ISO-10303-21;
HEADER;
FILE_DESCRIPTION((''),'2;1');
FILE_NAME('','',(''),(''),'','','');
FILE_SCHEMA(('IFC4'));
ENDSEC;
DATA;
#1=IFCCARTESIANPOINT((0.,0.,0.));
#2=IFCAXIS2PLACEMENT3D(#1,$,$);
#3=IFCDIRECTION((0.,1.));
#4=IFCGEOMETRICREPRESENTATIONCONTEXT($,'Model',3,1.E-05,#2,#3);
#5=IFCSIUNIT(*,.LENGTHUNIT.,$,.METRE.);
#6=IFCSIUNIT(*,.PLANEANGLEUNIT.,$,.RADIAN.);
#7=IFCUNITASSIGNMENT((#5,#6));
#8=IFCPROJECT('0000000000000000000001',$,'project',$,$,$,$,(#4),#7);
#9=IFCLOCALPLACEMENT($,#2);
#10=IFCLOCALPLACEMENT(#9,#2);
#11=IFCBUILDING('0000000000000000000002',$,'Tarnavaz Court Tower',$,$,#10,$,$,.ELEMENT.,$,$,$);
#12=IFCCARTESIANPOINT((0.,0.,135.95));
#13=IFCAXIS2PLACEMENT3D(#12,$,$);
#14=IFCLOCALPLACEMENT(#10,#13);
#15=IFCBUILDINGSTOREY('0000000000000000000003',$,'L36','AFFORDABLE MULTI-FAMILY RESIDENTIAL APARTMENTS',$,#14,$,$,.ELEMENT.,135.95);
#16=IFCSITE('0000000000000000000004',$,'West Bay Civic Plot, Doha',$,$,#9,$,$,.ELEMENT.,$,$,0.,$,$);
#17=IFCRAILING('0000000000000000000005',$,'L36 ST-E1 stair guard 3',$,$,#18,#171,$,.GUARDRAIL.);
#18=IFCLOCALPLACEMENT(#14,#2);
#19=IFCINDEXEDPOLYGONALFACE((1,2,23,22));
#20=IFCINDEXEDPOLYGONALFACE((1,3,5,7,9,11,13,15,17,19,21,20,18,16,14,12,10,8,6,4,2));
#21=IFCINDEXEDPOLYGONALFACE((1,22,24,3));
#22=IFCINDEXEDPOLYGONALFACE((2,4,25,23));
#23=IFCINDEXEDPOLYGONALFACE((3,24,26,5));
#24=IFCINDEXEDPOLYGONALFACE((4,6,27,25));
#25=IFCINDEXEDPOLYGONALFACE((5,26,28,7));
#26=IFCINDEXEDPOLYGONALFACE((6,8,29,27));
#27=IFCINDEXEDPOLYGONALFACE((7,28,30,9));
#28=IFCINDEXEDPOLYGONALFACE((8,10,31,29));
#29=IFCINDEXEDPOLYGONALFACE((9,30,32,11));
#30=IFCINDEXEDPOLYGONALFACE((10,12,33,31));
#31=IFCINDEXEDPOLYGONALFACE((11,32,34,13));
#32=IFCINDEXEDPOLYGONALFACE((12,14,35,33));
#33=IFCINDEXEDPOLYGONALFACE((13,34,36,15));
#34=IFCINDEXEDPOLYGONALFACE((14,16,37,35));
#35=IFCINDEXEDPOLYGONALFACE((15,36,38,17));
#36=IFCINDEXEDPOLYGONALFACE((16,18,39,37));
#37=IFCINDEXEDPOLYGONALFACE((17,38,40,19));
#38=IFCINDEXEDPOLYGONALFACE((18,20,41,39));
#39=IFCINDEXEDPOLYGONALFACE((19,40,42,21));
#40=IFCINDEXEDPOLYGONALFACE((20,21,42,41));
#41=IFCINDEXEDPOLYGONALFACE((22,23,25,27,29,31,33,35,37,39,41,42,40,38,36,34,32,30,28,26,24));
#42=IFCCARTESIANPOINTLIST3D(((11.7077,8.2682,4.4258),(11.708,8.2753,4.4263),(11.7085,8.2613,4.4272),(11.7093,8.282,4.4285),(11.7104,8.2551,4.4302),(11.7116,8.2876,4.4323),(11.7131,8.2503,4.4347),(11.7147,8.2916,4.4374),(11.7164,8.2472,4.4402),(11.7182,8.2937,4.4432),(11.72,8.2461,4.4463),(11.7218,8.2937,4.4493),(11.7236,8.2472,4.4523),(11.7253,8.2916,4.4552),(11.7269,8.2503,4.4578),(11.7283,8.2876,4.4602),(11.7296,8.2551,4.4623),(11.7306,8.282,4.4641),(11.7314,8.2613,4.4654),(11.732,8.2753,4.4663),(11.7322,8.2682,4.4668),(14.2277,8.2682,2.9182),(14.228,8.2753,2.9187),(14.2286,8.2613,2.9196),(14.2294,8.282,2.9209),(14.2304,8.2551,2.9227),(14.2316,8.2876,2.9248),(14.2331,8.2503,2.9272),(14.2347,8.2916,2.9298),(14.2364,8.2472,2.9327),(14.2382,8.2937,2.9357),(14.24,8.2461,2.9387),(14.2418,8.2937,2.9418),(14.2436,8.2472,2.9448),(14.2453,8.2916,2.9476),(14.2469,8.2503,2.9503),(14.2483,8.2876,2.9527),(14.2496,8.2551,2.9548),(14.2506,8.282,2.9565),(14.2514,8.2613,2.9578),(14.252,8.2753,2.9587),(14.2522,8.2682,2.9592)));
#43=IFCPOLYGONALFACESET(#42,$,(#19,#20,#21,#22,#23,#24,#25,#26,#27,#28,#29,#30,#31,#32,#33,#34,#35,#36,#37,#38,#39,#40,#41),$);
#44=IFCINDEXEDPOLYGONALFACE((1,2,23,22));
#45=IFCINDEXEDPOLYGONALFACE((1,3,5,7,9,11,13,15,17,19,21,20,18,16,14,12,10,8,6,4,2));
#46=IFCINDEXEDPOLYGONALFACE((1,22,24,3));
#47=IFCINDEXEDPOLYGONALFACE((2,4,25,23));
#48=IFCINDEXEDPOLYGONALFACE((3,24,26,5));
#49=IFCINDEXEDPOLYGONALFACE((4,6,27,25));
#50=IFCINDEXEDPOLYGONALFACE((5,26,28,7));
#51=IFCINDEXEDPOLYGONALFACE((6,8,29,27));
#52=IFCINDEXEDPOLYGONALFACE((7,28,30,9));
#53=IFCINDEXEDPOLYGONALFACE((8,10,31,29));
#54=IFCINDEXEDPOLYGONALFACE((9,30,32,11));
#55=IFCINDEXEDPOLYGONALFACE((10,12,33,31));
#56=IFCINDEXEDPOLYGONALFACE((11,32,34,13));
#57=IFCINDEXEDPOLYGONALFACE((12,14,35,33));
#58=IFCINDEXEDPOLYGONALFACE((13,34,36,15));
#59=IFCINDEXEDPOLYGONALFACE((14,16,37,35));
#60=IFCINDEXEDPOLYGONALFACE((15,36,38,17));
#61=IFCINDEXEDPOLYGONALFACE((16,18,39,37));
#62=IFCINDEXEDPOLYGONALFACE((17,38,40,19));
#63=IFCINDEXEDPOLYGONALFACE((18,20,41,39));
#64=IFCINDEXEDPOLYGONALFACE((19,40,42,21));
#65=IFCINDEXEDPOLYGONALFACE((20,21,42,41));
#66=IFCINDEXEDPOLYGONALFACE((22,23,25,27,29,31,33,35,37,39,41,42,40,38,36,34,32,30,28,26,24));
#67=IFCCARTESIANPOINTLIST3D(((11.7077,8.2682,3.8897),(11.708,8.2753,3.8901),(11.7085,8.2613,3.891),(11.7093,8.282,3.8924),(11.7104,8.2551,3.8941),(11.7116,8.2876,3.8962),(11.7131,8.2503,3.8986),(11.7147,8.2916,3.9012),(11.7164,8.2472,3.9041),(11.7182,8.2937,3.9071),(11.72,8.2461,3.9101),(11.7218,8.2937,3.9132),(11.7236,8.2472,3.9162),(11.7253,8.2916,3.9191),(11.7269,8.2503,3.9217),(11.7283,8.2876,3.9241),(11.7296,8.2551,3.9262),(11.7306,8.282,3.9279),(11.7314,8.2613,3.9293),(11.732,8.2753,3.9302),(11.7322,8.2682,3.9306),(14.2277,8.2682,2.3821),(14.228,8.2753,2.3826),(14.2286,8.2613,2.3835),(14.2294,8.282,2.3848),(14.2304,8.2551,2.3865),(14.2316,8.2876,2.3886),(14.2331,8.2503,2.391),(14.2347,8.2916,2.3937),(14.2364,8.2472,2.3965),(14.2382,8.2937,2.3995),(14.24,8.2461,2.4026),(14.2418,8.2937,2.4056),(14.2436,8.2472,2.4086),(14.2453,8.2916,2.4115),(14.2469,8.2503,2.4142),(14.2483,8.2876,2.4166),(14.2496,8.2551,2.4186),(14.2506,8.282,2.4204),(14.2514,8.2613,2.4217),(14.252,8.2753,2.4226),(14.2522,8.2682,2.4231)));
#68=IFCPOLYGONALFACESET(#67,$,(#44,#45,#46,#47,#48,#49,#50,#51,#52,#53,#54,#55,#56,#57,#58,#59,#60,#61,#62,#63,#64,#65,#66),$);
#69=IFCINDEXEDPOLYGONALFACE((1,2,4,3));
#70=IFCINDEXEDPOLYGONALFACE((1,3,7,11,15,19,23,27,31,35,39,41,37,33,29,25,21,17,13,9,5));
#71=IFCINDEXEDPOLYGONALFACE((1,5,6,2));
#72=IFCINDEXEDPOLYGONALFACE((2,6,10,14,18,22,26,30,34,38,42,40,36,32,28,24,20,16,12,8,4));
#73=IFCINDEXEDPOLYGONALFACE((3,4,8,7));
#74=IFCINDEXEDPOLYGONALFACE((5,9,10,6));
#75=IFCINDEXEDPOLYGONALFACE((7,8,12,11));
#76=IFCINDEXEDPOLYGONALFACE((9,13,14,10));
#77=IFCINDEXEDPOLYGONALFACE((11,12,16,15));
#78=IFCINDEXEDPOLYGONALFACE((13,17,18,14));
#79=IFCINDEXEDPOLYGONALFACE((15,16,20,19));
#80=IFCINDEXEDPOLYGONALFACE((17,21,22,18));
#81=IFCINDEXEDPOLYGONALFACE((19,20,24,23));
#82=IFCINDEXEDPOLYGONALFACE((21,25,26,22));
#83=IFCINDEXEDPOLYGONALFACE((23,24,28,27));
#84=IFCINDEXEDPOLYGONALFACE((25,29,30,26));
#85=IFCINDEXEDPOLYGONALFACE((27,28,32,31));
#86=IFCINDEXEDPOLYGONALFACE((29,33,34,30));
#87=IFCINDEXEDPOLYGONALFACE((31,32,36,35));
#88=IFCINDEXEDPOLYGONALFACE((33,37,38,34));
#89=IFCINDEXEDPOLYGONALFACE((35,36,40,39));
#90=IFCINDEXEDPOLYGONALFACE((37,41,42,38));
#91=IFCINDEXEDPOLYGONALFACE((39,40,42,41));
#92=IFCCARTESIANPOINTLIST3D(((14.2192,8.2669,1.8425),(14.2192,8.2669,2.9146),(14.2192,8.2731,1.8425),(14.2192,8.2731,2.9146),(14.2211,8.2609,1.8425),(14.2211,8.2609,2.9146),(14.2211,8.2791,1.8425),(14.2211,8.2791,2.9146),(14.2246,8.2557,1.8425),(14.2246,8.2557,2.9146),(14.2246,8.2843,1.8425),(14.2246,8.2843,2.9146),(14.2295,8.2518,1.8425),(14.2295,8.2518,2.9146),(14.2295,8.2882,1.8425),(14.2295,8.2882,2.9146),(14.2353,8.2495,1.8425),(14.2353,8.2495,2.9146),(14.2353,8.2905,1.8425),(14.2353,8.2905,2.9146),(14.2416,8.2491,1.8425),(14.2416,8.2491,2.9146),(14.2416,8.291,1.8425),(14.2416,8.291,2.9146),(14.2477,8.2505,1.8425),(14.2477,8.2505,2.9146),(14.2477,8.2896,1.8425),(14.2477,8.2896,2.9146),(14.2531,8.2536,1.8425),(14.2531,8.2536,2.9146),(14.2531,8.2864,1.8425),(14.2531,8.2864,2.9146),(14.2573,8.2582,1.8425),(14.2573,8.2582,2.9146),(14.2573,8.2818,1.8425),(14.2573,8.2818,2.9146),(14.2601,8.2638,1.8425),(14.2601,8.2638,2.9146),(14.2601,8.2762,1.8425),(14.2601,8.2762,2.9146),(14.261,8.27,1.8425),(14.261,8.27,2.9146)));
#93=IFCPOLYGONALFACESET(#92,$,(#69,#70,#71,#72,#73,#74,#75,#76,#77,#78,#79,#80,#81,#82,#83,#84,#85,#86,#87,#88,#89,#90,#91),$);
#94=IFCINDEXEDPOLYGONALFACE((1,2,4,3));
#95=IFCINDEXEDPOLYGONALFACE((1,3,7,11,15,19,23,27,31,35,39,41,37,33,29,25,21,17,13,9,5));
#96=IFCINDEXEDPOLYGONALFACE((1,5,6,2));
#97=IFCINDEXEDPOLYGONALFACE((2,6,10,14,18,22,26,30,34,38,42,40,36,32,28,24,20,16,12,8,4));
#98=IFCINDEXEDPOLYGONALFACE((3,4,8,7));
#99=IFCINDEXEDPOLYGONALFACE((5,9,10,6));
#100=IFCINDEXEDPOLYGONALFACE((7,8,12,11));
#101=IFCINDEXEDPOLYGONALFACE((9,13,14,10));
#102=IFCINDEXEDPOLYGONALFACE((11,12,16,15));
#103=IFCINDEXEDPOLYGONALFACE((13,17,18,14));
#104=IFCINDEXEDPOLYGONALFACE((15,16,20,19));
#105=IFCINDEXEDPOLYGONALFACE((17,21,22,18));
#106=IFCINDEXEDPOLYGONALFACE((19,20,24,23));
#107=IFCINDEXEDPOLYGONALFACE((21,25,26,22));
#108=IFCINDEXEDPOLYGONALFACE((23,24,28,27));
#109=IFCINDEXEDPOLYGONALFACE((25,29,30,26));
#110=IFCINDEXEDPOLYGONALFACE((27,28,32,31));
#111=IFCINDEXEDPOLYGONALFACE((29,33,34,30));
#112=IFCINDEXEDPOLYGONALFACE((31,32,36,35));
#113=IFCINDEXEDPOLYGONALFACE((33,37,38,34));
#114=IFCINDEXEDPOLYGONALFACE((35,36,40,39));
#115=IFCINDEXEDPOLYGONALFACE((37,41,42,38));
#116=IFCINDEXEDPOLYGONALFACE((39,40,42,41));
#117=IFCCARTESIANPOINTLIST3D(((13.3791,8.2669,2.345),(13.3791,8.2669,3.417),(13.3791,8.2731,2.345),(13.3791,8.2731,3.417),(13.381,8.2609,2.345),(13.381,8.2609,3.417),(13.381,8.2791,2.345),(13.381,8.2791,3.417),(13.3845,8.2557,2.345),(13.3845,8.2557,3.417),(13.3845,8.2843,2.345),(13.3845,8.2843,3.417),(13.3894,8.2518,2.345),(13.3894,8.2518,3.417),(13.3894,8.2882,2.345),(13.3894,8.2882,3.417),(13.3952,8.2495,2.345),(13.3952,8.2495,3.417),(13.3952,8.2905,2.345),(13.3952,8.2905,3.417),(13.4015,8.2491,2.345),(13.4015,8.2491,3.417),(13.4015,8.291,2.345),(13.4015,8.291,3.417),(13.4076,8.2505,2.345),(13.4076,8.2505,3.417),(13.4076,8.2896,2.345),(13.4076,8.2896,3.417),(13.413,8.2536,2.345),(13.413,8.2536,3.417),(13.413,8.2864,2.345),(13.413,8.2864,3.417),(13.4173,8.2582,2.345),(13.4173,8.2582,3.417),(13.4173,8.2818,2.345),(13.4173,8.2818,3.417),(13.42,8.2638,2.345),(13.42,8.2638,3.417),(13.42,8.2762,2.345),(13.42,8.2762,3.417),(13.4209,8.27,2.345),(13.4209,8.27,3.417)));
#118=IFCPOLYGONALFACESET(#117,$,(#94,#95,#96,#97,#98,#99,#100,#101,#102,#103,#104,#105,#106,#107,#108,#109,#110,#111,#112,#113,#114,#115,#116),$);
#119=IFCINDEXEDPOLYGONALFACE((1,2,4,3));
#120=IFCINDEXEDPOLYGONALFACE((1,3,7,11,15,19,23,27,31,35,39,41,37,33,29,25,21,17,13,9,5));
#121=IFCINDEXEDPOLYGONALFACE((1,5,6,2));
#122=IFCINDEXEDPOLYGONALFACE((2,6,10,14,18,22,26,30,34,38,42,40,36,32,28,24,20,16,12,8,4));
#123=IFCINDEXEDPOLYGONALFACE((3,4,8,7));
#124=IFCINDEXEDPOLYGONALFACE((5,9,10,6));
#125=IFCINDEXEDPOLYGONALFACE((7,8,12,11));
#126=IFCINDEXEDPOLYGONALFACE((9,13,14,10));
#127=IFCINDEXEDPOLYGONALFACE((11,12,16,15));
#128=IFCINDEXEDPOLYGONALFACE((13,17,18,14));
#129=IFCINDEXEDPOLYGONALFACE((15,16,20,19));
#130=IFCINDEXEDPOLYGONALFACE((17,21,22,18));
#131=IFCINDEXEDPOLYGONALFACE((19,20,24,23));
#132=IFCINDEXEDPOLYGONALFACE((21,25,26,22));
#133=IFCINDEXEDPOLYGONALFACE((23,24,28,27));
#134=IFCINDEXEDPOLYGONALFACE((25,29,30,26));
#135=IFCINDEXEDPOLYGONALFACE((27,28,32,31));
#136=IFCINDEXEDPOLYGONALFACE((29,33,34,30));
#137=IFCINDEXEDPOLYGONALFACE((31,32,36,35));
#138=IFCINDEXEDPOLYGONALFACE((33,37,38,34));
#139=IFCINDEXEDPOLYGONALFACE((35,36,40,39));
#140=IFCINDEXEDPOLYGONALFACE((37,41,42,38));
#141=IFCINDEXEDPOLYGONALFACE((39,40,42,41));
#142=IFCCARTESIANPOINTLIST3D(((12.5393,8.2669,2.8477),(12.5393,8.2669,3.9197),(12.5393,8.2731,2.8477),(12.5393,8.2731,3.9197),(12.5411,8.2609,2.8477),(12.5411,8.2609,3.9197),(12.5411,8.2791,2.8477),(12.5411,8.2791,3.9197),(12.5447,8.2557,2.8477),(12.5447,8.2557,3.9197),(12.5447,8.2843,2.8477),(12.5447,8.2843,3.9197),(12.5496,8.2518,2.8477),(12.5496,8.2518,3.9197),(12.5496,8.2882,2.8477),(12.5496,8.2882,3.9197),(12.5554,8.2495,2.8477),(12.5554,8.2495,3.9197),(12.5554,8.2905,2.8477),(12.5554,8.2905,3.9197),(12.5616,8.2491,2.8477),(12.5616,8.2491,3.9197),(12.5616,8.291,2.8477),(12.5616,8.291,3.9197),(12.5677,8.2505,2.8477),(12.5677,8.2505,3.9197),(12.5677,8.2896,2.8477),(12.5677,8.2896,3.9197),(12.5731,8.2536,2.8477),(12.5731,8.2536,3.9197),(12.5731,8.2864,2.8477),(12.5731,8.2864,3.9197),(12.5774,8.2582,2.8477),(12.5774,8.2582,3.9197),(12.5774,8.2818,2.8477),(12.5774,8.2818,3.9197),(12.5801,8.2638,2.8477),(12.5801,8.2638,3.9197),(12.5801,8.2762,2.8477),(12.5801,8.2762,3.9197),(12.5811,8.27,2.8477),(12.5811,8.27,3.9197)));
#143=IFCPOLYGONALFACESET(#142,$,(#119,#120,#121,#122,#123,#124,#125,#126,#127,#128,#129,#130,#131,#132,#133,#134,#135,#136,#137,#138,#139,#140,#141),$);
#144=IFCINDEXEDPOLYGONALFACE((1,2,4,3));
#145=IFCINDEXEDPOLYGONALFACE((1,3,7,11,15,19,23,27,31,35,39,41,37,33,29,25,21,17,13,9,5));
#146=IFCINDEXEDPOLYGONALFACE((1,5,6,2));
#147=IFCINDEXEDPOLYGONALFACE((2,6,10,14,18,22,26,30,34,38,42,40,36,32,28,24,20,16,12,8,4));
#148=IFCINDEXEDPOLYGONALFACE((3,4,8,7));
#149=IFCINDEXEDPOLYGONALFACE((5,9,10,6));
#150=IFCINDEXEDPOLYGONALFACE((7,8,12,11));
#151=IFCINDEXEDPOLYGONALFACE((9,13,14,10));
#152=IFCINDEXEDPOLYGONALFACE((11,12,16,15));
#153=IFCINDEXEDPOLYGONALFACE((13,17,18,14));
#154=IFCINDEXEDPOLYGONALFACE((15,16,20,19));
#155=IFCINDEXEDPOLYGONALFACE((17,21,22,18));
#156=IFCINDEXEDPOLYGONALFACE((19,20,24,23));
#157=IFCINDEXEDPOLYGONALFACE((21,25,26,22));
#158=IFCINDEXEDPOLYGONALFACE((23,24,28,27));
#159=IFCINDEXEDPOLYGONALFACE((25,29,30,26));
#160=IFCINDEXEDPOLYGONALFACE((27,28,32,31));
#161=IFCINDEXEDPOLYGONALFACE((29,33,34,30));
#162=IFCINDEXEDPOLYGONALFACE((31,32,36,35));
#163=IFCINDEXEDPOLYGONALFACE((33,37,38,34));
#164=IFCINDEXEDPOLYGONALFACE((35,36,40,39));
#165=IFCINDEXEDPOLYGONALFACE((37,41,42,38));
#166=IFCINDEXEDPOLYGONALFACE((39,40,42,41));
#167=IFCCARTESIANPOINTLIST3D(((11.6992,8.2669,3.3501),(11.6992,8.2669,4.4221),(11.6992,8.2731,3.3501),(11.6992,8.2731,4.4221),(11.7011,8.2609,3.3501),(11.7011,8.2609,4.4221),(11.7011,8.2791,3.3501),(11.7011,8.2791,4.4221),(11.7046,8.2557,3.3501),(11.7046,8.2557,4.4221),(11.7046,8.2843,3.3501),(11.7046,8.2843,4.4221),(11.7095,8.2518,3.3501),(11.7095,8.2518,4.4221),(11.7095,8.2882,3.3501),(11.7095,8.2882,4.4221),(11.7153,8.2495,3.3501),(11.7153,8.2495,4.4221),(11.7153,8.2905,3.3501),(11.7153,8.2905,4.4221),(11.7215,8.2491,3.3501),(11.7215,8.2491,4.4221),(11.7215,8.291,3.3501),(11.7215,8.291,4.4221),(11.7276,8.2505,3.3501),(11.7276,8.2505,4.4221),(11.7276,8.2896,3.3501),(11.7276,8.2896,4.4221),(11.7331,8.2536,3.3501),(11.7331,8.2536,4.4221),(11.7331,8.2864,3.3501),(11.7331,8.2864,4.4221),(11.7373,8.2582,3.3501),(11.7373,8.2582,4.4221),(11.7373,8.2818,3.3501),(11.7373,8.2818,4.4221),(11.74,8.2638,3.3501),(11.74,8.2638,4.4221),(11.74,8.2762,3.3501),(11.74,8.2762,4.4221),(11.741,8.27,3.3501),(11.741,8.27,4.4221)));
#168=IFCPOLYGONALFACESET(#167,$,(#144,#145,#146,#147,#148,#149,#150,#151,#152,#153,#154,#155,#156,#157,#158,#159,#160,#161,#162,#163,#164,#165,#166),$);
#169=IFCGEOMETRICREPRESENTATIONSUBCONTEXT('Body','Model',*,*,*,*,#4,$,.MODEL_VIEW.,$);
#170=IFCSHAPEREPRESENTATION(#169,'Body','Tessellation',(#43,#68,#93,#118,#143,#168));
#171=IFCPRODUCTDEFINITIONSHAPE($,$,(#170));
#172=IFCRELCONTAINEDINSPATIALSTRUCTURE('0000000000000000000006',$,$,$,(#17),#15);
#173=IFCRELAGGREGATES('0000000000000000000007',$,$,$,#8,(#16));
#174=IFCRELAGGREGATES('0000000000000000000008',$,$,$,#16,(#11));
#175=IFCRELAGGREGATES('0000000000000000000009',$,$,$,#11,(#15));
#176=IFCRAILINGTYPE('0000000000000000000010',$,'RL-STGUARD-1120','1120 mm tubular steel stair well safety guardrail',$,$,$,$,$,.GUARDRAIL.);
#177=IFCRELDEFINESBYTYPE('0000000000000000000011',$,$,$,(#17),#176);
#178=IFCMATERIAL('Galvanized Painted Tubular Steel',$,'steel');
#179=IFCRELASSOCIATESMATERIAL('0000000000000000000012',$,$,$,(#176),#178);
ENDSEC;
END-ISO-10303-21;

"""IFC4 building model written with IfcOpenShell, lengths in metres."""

from ifc_helpers import new_model, si_unit, direction, frame, origin, origin_2d, place, context, subcontext, project, spatial, circle, extrude, material, type_object, element, save


model = new_model("IFC4")

# Units and contexts
model_context = context("Model", 3, precision=1e-05, world=origin(), true_north=direction((0.0, 1.0)))
body_context = subcontext(model_context, "Body", "Model", "MODEL_VIEW")
ifc_project = project(units=[si_unit("LENGTHUNIT", "METRE"), si_unit("PLANEANGLEUNIT", "RADIAN")], contexts=[model_context])

# Site, building, storey
site_placement = place(None, origin())
site = spatial("IfcSite", under=ifc_project, at=site_placement, Name="West Bay Civic Plot, Doha", CompositionType="ELEMENT", RefElevation=0.0)
building_placement = place(site_placement, origin())
building = spatial("IfcBuilding", under=site, at=building_placement, Name="Tarnavaz Court Tower", CompositionType="ELEMENT")
storey_placement = place(building_placement, frame((0.0, 0.0, 135.95)))
storey = spatial("IfcBuildingStorey", under=building, at=storey_placement, Name="L36", Description="AFFORDABLE MULTI-FAMILY RESIDENTIAL APARTMENTS", CompositionType="ELEMENT", Elevation=135.95)

# Railing
ifc_material_1 = material(Name="Galvanized Painted Tubular Steel", Category="steel")
railing_type_1 = type_object("IfcRailingType", Name="RL-STGUARD-1120", Description="1120 mm tubular steel stair well safety guardrail", PredefinedType="GUARDRAIL", material=ifc_material_1)
railing_1_placement = place(storey_placement, frame((14.24, 8.27, 1.8425)))
element("IfcRailing", 1, at=railing_1_placement, inside=storey, type_object=railing_type_1, Name="L36 ST-E1 stair guard 3", PredefinedType="GUARDRAIL", context=body_context, shape_type="SweptSolid", body=[
    extrude(circle(Radius=0.0239, at=origin_2d()), frame((0.0, 0.0, 1.0962), z_axis=(-0.85816, 0.0, 0.513383), x_axis=(0.0, -1.0, 0.0)), (0.0, 0.0, 1.0), 2.9365),
    extrude(circle(Radius=0.0239, at=origin_2d()), frame((0.0, 0.0, 0.5601), z_axis=(-0.85816, 0.0, 0.513383), x_axis=(0.0, -1.0, 0.0)), (0.0, 0.0, 1.0), 2.9365),
    extrude(circle(Radius=0.021, at=origin_2d()), origin(), (0.0, 0.0, 1.0), 1.072),
    extrude(circle(Radius=0.021, at=origin_2d()), frame((-0.8401, 0.0, 0.5024)), (0.0, 0.0, 1.0), 1.072),
    extrude(circle(Radius=0.021, at=origin_2d()), frame((-1.6799, 0.0, 1.0051)), (0.0, 0.0, 1.0), 1.072),
    extrude(circle(Radius=0.021, at=origin_2d()), frame((-2.52, 0.0, 1.5076)), (0.0, 0.0, 1.0), 1.072),
])

save(model, "model.ifc")
